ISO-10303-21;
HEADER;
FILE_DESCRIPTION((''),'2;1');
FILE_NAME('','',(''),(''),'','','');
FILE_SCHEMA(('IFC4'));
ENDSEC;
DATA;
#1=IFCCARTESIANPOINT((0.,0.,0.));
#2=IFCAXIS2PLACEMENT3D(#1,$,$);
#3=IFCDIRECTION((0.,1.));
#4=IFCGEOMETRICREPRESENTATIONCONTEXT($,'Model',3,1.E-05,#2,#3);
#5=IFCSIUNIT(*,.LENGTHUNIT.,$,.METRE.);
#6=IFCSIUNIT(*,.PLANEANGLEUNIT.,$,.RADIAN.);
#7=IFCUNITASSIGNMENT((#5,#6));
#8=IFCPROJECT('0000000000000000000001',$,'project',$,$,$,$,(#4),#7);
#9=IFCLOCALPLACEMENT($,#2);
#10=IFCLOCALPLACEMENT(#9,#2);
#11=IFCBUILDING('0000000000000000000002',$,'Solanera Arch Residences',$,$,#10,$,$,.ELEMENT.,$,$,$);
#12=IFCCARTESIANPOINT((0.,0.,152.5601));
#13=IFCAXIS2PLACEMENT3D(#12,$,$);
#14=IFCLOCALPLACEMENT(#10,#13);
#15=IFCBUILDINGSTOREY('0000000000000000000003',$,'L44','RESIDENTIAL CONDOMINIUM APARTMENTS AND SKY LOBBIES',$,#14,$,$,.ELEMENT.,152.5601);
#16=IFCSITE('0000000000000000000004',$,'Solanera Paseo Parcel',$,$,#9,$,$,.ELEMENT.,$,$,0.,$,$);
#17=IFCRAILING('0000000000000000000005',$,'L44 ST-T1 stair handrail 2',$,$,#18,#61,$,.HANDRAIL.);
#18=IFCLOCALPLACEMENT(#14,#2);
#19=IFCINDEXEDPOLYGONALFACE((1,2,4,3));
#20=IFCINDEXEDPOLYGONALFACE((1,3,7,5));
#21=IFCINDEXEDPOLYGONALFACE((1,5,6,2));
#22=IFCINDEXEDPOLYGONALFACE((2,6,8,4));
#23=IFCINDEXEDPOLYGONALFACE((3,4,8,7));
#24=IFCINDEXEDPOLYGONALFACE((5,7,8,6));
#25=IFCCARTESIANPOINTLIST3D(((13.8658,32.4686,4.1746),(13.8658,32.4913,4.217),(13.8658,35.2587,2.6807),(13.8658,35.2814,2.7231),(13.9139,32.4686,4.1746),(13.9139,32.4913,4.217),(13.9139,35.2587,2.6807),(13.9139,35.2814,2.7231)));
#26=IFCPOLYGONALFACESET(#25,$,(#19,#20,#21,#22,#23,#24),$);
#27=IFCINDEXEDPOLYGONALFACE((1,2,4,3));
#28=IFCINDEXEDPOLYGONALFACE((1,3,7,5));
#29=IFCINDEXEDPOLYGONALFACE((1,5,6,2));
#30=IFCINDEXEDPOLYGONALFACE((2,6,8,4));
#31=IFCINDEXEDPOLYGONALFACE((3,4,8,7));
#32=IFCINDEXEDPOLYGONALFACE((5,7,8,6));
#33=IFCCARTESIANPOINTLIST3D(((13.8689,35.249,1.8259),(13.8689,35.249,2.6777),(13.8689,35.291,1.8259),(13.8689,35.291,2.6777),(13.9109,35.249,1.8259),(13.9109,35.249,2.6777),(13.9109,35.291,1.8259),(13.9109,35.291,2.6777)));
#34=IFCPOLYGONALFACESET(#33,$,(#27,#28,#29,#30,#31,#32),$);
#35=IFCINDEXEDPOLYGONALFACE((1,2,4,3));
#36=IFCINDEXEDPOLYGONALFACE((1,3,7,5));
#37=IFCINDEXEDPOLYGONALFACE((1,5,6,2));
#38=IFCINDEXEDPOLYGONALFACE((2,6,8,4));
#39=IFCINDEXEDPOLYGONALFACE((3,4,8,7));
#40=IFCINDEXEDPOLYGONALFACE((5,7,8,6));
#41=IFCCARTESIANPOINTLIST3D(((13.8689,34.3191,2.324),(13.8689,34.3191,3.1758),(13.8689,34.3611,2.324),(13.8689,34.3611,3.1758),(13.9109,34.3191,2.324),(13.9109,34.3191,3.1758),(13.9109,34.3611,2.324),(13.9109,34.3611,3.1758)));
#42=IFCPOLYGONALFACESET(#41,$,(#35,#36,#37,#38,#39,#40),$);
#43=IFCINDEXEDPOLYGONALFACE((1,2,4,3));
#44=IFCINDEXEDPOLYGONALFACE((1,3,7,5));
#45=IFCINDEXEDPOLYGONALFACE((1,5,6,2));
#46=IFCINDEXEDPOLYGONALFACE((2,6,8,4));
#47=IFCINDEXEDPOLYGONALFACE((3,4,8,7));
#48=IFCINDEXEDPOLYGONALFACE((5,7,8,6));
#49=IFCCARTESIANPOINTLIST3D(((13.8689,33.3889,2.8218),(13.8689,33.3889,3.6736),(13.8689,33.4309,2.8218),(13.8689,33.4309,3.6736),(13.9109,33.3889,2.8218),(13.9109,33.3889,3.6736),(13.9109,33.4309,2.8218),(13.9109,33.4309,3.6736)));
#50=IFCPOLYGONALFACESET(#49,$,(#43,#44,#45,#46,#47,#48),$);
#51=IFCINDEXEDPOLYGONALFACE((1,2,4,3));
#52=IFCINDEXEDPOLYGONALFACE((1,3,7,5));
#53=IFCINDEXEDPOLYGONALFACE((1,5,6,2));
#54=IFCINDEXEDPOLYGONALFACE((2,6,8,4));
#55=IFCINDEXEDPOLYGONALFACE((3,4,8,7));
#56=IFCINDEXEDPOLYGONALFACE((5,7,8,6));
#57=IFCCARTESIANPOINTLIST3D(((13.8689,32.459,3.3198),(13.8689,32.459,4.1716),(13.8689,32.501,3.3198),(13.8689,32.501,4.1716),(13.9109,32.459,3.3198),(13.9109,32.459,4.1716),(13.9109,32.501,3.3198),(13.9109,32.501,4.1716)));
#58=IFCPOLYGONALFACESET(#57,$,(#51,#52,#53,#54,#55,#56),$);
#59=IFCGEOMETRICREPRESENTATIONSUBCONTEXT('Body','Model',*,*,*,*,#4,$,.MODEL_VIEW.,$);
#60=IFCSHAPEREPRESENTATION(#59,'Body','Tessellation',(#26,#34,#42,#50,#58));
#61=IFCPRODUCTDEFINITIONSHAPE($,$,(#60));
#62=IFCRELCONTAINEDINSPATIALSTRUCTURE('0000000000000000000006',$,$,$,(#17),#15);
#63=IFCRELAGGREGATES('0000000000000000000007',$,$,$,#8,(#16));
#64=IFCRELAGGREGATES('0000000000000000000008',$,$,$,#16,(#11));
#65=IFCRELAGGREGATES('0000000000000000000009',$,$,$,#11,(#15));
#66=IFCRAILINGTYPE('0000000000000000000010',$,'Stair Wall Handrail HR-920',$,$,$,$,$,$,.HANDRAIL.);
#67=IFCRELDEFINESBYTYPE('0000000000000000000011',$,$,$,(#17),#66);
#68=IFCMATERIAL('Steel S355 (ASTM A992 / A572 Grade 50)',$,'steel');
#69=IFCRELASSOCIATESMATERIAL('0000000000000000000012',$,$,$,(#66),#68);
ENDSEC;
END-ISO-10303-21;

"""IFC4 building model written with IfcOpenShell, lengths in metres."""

from ifc_helpers import new_model, si_unit, direction, frame, origin, origin_2d, place, context, subcontext, project, spatial, rectangle, extrude, material, type_object, element, save


model = new_model("IFC4")

# Units and contexts
model_context = context("Model", 3, precision=1e-05, world=origin(), true_north=direction((0.0, 1.0)))
body_context = subcontext(model_context, "Body", "Model", "MODEL_VIEW")
ifc_project = project(units=[si_unit("LENGTHUNIT", "METRE"), si_unit("PLANEANGLEUNIT", "RADIAN")], contexts=[model_context])

# Site, building, storey
site_placement = place(None, origin())
site = spatial("IfcSite", under=ifc_project, at=site_placement, Name="Solanera Paseo Parcel", CompositionType="ELEMENT", RefElevation=0.0)
building_placement = place(site_placement, origin())
building = spatial("IfcBuilding", under=site, at=building_placement, Name="Solanera Arch Residences", CompositionType="ELEMENT")
storey_placement = place(building_placement, frame((0.0, 0.0, 152.5601)))
storey = spatial("IfcBuildingStorey", under=building, at=storey_placement, Name="L44", Description="RESIDENTIAL CONDOMINIUM APARTMENTS AND SKY LOBBIES", CompositionType="ELEMENT", Elevation=152.5601)

# Railing
ifc_material_1 = material(Name="Steel S355 (ASTM A992 / A572 Grade 50)", Category="steel")
railing_type_1 = type_object("IfcRailingType", Name="Stair Wall Handrail HR-920", PredefinedType="HANDRAIL", material=ifc_material_1)
railing_1_placement = place(storey_placement, frame((13.8899, 35.27, 1.8259)))
element("IfcRailing", 1, at=railing_1_placement, inside=storey, type_object=railing_type_1, Name="L44 ST-T1 stair handrail 2", PredefinedType="HANDRAIL", context=body_context, shape_type="SweptSolid", body=[
    extrude(rectangle(XDim=0.0481, YDim=0.0481, at=origin_2d()), frame((0.0, 0.0, 0.876), z_axis=(0.0, -0.881581, 0.472033), x_axis=(1.0, 0.0, 0.0)), (0.0, 0.0, 1.0), 3.1648),
    extrude(rectangle(XDim=0.042, YDim=0.042, at=origin_2d()), origin(), (0.0, 0.0, 1.0), 0.8518),
    extrude(rectangle(XDim=0.042, YDim=0.042, at=origin_2d()), frame((0.0, -0.9299, 0.498)), (0.0, 0.0, 1.0), 0.8518),
    extrude(rectangle(XDim=0.042, YDim=0.042, at=origin_2d()), frame((0.0, -1.8601, 0.9958)), (0.0, 0.0, 1.0), 0.8518),
    extrude(rectangle(XDim=0.042, YDim=0.042, at=origin_2d()), frame((0.0, -2.79, 1.4939)), (0.0, 0.0, 1.0), 0.8518),
])

save(model, "model.ifc")
